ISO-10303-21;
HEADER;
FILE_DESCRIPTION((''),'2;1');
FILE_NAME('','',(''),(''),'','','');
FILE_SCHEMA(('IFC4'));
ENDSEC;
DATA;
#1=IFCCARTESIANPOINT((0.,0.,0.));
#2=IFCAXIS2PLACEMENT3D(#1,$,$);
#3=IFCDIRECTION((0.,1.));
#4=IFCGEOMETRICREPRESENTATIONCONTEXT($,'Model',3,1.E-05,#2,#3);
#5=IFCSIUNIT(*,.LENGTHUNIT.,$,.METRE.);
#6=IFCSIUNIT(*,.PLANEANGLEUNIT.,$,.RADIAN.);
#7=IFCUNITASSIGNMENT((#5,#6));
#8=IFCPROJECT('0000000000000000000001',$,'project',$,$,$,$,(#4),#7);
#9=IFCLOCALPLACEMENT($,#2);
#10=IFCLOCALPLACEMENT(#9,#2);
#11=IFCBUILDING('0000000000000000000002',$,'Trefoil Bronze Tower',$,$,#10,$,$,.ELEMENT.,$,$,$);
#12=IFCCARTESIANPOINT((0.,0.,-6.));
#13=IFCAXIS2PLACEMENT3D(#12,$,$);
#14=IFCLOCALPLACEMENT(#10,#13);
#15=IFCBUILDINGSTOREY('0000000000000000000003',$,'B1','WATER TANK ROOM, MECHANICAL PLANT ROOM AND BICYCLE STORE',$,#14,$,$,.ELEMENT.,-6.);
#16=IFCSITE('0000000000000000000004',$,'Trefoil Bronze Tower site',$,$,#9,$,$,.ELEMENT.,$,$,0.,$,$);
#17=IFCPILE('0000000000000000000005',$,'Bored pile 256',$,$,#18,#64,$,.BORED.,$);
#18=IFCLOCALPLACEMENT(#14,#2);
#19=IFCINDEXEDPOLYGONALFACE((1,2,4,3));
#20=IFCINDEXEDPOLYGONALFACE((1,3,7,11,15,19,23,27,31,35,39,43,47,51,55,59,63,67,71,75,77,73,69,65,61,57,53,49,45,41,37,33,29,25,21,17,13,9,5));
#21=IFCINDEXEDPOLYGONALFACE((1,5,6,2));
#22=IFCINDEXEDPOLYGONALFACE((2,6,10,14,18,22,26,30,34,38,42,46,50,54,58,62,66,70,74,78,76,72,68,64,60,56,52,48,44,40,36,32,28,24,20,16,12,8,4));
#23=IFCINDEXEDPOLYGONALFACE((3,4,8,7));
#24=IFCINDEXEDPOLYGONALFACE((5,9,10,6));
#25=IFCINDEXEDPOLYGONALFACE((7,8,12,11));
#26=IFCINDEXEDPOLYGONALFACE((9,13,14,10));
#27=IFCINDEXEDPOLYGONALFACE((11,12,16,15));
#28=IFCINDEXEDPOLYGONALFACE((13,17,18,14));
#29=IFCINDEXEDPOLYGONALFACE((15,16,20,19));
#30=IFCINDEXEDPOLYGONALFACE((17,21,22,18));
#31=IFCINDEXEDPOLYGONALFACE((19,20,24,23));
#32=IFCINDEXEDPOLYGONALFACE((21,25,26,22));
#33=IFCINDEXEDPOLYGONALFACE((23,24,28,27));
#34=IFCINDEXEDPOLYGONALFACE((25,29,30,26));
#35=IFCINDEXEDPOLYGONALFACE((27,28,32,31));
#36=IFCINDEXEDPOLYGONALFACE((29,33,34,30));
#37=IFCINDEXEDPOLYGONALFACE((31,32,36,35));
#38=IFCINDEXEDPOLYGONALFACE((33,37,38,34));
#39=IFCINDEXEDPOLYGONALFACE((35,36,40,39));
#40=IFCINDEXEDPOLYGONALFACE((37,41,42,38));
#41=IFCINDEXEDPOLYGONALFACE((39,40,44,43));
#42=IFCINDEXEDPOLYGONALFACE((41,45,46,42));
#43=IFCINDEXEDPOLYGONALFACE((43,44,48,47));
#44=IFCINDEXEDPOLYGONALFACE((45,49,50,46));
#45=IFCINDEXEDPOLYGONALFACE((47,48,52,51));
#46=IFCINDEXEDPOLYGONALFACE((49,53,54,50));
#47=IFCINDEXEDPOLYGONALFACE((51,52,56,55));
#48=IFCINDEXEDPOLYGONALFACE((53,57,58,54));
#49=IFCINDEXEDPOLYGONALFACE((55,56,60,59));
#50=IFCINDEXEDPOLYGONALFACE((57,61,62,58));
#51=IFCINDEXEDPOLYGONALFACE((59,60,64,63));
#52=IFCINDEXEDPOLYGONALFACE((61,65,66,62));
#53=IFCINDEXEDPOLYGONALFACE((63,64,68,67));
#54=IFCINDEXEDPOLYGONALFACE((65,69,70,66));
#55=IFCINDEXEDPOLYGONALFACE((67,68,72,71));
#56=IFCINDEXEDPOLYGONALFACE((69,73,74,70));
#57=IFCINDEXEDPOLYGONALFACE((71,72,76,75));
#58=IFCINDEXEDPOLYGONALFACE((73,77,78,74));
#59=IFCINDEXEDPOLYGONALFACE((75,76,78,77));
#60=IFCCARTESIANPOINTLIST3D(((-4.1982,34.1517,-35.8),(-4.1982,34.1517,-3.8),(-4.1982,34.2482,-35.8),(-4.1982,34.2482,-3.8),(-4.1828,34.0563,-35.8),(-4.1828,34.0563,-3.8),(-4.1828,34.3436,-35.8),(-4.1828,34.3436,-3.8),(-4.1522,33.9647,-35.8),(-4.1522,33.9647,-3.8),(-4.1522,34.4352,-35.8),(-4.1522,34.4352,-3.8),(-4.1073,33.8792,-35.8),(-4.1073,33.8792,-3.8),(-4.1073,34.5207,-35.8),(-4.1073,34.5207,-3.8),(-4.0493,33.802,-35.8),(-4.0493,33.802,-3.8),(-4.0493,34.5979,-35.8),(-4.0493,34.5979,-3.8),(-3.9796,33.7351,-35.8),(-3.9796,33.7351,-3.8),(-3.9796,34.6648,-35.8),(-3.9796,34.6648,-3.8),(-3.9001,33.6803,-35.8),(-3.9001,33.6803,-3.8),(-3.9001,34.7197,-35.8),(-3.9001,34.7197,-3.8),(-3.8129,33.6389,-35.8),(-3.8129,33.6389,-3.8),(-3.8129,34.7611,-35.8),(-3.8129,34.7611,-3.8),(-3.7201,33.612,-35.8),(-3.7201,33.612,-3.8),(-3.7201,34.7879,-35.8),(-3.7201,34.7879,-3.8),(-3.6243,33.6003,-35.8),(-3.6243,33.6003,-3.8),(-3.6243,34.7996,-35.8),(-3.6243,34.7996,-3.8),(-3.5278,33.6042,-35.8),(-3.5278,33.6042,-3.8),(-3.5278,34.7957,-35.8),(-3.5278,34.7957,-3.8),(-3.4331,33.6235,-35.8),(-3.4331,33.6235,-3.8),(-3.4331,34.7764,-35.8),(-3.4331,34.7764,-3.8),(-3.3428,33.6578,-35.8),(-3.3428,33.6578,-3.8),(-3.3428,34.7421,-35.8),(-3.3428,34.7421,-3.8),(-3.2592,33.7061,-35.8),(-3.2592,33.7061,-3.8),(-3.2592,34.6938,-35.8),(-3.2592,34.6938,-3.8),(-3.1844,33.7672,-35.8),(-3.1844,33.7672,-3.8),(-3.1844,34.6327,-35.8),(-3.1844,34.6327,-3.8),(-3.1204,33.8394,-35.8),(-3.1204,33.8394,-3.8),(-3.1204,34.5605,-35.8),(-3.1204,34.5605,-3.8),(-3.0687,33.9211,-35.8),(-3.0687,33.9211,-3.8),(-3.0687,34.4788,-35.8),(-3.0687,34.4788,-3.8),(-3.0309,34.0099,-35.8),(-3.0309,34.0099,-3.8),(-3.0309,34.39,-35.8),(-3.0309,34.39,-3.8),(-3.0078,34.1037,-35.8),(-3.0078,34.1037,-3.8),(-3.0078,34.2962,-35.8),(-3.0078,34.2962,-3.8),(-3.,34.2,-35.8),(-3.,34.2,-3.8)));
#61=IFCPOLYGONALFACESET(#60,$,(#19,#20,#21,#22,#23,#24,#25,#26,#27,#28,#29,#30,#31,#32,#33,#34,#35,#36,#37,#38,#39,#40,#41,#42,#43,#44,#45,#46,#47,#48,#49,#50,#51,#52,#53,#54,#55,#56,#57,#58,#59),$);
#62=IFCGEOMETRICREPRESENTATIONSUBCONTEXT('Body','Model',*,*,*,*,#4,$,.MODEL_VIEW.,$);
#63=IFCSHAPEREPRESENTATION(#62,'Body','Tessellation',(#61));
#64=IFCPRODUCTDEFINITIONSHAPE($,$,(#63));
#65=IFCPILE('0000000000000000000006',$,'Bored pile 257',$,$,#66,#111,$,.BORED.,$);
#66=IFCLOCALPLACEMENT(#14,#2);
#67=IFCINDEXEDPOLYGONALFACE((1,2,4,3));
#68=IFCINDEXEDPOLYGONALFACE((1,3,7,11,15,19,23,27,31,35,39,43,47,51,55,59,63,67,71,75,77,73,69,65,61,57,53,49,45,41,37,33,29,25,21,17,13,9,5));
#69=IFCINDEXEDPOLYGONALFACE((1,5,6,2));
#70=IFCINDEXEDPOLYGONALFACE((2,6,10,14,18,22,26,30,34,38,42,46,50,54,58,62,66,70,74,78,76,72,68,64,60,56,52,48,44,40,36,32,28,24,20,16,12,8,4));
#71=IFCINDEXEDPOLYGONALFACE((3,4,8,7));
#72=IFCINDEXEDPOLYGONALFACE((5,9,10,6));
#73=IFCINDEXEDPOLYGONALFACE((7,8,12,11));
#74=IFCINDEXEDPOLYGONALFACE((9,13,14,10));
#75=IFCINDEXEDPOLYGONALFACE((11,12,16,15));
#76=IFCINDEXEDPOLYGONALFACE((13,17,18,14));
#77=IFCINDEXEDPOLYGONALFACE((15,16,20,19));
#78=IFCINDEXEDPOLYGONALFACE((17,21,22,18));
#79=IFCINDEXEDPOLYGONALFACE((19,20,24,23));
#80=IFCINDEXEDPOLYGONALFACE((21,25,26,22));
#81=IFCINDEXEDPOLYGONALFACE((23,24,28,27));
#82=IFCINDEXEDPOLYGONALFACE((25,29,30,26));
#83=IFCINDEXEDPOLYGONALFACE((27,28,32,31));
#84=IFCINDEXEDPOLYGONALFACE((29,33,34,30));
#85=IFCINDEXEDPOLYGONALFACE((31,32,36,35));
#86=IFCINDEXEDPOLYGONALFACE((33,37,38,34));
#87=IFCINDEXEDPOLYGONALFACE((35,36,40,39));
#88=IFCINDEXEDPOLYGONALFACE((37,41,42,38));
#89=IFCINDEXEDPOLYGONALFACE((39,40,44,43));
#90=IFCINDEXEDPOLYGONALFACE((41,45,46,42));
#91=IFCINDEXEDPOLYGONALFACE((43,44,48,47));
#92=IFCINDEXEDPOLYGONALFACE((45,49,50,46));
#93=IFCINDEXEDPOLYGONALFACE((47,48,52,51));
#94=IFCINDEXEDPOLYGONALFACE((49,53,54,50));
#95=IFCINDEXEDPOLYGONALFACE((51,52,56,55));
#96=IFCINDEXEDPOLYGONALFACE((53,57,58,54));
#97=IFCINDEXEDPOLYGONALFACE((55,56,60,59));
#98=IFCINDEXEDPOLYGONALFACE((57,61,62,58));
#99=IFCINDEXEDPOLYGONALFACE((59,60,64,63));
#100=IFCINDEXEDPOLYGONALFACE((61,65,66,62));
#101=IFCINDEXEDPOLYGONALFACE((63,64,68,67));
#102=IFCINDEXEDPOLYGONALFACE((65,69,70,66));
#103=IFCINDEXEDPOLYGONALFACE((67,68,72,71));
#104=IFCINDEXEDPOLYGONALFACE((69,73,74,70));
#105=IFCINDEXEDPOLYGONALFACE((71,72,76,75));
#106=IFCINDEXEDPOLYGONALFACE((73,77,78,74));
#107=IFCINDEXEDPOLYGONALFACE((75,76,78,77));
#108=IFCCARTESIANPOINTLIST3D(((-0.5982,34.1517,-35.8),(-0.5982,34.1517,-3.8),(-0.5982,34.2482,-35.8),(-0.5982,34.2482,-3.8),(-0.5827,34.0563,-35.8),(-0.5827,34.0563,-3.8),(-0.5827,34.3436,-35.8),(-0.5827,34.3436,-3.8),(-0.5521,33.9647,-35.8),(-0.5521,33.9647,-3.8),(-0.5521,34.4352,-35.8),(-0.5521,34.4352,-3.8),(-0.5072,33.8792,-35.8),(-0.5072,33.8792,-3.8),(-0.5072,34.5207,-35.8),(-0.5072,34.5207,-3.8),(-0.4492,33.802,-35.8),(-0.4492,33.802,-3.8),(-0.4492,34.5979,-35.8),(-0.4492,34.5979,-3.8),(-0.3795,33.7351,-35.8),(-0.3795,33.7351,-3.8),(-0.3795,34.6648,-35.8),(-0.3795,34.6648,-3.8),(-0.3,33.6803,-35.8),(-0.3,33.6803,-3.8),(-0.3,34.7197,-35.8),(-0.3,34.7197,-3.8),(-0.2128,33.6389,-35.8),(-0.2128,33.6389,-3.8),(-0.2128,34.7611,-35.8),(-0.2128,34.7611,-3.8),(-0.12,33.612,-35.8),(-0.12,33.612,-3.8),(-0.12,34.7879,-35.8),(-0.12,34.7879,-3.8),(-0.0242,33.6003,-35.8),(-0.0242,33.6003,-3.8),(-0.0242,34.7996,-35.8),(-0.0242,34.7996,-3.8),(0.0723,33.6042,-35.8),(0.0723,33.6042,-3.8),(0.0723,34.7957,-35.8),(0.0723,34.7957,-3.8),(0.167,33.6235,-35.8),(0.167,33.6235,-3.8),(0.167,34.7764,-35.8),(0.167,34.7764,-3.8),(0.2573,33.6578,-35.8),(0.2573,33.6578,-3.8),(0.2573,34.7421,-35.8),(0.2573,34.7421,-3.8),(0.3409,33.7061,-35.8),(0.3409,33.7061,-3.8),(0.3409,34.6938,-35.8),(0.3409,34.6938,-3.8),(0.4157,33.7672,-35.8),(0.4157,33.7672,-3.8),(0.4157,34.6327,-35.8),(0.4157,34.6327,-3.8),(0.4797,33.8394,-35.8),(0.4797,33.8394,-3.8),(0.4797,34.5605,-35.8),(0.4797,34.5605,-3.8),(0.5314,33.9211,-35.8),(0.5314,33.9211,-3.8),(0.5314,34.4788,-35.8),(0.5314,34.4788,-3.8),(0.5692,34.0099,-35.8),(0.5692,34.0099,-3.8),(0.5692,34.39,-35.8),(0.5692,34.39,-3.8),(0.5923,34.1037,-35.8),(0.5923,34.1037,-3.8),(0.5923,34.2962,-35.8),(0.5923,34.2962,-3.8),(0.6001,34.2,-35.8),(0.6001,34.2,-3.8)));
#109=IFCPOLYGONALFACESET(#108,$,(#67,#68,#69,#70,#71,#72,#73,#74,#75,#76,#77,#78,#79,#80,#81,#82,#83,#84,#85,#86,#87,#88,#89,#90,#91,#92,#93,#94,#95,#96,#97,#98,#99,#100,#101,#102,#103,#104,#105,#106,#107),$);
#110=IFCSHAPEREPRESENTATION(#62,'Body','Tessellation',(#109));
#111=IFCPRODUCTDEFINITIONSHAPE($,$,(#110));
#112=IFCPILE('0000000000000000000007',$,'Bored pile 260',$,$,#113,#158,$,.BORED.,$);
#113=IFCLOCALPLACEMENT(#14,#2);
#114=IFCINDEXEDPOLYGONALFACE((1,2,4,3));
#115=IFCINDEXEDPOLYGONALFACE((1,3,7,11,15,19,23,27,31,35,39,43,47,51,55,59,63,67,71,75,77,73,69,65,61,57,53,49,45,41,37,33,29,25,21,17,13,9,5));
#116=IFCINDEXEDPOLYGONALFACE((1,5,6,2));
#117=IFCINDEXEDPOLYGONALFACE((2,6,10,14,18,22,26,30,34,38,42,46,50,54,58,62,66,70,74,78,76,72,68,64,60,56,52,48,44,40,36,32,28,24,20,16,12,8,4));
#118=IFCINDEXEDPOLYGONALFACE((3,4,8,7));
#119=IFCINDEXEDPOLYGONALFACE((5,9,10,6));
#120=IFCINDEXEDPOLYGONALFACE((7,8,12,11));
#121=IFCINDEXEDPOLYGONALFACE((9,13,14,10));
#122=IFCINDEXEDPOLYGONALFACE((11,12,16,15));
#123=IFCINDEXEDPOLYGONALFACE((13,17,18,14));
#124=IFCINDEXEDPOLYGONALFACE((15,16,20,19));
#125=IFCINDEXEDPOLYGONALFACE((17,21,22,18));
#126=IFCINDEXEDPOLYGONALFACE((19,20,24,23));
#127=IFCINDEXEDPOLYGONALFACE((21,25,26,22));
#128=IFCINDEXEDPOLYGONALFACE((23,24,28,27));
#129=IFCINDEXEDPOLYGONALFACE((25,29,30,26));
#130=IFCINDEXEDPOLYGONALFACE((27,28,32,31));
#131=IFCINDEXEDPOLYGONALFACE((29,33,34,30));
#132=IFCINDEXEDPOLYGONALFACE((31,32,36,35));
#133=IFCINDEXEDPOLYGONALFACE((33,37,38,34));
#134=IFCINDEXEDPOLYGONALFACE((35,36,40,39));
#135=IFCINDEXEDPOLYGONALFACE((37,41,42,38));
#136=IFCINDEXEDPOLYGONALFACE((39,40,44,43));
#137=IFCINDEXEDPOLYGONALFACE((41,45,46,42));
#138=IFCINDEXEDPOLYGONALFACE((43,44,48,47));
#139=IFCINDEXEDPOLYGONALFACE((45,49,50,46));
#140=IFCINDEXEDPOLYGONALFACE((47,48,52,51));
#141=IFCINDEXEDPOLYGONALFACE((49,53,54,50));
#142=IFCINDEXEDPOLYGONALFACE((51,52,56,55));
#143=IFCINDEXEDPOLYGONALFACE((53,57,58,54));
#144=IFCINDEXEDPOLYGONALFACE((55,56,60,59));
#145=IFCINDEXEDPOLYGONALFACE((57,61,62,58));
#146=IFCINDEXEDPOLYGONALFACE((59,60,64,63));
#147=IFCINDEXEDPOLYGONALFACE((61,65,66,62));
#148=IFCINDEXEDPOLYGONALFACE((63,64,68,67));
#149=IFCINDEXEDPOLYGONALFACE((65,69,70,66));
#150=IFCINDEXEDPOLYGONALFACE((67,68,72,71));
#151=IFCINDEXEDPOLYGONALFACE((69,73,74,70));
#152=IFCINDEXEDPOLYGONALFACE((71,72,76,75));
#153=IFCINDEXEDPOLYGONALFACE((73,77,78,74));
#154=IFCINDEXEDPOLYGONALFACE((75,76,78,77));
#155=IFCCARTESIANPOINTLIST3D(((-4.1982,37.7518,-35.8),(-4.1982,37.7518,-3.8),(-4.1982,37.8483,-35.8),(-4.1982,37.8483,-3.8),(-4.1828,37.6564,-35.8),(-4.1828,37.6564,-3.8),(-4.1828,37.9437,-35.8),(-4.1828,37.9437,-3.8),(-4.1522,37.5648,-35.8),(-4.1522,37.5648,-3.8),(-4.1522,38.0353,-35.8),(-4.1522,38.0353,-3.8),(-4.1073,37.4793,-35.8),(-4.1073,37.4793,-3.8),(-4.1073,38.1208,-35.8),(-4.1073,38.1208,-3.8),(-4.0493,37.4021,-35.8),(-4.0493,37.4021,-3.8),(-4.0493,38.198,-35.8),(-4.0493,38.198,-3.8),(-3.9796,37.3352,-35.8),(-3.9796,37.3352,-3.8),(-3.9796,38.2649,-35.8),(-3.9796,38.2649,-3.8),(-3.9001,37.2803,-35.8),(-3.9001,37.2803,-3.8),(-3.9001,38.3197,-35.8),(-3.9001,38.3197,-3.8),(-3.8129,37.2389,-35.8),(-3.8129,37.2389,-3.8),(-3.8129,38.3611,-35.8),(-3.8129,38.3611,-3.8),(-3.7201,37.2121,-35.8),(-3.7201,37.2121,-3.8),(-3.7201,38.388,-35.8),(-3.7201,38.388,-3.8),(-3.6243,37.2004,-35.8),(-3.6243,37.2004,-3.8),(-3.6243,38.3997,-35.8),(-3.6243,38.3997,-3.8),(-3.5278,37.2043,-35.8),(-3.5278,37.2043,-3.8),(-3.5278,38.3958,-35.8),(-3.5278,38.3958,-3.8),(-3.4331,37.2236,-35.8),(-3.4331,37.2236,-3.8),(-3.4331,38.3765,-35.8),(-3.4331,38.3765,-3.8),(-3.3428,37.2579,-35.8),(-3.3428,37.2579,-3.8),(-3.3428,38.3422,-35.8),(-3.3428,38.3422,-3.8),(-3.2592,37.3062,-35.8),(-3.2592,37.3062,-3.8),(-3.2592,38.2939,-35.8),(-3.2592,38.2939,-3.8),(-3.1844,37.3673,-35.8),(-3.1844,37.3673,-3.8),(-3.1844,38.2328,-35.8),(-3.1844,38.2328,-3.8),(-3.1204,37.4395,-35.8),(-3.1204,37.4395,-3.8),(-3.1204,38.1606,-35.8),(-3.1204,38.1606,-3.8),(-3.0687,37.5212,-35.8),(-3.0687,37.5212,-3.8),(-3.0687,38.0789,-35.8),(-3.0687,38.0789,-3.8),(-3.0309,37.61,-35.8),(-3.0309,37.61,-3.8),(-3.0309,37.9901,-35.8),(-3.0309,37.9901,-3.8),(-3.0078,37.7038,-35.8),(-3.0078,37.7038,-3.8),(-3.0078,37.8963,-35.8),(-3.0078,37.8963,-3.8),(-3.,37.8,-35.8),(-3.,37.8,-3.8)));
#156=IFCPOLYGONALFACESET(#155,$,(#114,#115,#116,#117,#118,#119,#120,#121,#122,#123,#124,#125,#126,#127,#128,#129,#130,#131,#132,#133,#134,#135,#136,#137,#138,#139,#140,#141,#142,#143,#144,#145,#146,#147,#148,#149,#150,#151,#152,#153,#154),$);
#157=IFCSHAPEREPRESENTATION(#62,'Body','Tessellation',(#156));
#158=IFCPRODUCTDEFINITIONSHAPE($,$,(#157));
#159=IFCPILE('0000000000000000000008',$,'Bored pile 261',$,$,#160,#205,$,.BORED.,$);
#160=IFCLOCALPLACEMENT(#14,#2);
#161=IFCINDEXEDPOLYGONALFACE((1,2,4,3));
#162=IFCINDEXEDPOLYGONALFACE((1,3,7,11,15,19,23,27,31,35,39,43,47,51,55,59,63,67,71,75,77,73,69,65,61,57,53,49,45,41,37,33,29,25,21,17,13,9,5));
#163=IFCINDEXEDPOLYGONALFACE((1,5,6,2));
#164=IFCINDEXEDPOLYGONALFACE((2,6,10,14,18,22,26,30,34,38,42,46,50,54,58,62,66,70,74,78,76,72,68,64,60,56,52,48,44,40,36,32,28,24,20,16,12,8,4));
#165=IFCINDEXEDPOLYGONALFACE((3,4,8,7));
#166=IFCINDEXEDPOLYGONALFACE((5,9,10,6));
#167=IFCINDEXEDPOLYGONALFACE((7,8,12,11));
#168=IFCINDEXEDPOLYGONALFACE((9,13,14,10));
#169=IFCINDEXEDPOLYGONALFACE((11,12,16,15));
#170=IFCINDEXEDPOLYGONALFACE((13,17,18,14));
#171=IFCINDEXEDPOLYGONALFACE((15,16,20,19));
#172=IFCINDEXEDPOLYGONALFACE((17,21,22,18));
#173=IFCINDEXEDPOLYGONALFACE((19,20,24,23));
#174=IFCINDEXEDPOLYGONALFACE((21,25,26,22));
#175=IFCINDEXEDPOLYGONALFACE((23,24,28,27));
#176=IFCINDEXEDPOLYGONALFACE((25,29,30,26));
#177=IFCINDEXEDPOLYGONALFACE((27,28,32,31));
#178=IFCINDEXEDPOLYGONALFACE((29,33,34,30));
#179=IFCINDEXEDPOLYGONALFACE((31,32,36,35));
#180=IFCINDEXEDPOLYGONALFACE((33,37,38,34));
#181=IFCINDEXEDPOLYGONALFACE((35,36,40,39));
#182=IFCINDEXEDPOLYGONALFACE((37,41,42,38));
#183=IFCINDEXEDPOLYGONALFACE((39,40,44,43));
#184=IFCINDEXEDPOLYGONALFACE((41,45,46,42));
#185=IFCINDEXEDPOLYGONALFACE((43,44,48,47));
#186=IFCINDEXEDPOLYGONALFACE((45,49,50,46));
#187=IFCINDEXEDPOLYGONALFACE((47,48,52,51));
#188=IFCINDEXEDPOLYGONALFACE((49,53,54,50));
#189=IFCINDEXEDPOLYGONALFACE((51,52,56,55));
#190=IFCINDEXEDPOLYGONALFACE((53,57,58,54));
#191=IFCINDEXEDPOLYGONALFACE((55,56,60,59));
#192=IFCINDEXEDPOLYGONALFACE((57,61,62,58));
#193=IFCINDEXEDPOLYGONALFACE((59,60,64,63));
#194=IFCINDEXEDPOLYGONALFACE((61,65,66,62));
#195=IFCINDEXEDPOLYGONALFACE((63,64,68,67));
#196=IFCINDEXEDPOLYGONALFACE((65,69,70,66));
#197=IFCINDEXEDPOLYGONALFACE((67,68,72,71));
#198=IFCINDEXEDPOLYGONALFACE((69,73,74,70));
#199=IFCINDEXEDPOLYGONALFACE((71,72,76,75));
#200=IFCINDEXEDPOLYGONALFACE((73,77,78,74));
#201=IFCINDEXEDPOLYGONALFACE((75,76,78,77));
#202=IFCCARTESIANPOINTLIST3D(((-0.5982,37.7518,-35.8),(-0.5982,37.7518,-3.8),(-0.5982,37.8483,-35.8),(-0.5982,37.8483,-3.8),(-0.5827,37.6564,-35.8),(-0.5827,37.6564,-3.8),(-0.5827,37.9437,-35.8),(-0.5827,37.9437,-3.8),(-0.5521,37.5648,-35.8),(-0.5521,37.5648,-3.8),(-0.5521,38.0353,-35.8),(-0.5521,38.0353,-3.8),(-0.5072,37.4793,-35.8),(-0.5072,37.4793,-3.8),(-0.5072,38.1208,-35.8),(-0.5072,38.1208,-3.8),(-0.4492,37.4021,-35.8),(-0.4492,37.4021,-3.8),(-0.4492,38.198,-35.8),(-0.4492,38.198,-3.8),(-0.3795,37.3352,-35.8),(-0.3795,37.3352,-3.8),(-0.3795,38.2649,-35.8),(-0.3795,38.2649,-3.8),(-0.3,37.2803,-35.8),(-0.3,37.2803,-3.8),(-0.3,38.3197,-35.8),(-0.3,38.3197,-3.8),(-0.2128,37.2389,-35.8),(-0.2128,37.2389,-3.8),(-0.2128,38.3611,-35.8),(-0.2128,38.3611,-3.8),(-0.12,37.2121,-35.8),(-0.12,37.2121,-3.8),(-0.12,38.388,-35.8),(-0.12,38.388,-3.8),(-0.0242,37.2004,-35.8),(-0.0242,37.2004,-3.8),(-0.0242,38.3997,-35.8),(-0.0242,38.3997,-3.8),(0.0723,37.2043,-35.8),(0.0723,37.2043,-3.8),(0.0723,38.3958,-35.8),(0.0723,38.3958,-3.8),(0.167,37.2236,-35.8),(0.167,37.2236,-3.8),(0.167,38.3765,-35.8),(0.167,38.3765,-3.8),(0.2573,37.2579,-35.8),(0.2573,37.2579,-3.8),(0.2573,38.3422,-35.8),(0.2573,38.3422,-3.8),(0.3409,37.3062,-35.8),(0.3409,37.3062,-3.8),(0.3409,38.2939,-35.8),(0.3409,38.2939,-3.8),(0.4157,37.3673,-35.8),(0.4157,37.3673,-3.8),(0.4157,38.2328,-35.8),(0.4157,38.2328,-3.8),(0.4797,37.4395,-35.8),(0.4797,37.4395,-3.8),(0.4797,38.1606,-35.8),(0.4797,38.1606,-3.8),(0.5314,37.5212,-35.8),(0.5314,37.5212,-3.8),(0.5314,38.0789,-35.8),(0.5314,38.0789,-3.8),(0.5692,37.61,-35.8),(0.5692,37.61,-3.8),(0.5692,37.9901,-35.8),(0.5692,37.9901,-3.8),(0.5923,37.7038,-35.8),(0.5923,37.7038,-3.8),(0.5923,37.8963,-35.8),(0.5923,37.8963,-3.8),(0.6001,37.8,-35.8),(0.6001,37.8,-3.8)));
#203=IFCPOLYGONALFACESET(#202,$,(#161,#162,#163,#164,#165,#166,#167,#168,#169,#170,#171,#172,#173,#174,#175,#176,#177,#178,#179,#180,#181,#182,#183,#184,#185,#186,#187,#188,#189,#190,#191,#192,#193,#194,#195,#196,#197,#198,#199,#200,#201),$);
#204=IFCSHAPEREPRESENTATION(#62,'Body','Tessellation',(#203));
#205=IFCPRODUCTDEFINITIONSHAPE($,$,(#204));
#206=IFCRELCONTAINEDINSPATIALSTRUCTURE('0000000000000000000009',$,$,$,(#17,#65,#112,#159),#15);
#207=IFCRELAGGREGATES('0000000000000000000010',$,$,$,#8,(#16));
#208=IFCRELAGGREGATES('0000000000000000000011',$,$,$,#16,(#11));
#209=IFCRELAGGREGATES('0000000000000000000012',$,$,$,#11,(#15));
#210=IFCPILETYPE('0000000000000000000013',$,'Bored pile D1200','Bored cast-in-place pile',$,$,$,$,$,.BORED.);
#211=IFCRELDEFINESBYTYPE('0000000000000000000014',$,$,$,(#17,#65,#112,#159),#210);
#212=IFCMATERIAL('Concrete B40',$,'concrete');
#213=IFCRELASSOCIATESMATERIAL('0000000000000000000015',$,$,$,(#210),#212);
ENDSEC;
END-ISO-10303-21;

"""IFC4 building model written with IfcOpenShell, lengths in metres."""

from ifc_helpers import new_model, si_unit, direction, frame, origin, origin_2d, place, context, subcontext, project, spatial, circle, extrude, material, type_object, element, save


model = new_model("IFC4")

# Units and contexts
model_context = context("Model", 3, precision=1e-05, world=origin(), true_north=direction((0.0, 1.0)))
body_context = subcontext(model_context, "Body", "Model", "MODEL_VIEW")
ifc_project = project(units=[si_unit("LENGTHUNIT", "METRE"), si_unit("PLANEANGLEUNIT", "RADIAN")], contexts=[model_context])

# Site, building, storey
site_placement = place(None, origin())
site = spatial("IfcSite", under=ifc_project, at=site_placement, Name="Trefoil Bronze Tower site", CompositionType="ELEMENT", RefElevation=0.0)
building_placement = place(site_placement, origin())
building = spatial("IfcBuilding", under=site, at=building_placement, Name="Trefoil Bronze Tower", CompositionType="ELEMENT")
storey_placement = place(building_placement, frame((0.0, 0.0, -6.0)))
storey = spatial("IfcBuildingStorey", under=building, at=storey_placement, Name="B1", Description="WATER TANK ROOM, MECHANICAL PLANT ROOM AND BICYCLE STORE", CompositionType="ELEMENT", Elevation=-6.0)

# Piles
ifc_material_1 = material(Name="Concrete B40", Category="concrete")
pile_type = type_object("IfcPileType", Name="Bored pile D1200", Description="Bored cast-in-place pile", PredefinedType="BORED", material=ifc_material_1)
for number, where, z_axis, x_axis, name in (
    (1, (-3.6001, 34.2, -3.8), (0.0, 0.0, -1.0), (1.0, 0.0, 0.0), "Bored pile 256"),
    (2, (0.0, 34.2, -3.8), (0.0, 0.0, -1.0), (1.0, 0.0, 0.0), "Bored pile 257"),
    (3, (-3.6001, 37.8, -3.8), (0.0, 0.0, -1.0), (1.0, 0.0, 0.0), "Bored pile 260"),
    (4, (0.0, 37.8, -3.8), (0.0, 0.0, -1.0), (1.0, 0.0, 0.0), "Bored pile 261"),
):
    element("IfcPile", number, at=place(storey_placement, frame(where, z_axis=z_axis, x_axis=x_axis)), inside=storey, type_object=pile_type, Name=name, PredefinedType="BORED", context=body_context, shape_type="SweptSolid", body=[
        extrude(circle(Radius=0.6001, at=origin_2d()), origin(), (0.0, 0.0, 1.0), 32.0),
    ])

save(model, "model.ifc")
